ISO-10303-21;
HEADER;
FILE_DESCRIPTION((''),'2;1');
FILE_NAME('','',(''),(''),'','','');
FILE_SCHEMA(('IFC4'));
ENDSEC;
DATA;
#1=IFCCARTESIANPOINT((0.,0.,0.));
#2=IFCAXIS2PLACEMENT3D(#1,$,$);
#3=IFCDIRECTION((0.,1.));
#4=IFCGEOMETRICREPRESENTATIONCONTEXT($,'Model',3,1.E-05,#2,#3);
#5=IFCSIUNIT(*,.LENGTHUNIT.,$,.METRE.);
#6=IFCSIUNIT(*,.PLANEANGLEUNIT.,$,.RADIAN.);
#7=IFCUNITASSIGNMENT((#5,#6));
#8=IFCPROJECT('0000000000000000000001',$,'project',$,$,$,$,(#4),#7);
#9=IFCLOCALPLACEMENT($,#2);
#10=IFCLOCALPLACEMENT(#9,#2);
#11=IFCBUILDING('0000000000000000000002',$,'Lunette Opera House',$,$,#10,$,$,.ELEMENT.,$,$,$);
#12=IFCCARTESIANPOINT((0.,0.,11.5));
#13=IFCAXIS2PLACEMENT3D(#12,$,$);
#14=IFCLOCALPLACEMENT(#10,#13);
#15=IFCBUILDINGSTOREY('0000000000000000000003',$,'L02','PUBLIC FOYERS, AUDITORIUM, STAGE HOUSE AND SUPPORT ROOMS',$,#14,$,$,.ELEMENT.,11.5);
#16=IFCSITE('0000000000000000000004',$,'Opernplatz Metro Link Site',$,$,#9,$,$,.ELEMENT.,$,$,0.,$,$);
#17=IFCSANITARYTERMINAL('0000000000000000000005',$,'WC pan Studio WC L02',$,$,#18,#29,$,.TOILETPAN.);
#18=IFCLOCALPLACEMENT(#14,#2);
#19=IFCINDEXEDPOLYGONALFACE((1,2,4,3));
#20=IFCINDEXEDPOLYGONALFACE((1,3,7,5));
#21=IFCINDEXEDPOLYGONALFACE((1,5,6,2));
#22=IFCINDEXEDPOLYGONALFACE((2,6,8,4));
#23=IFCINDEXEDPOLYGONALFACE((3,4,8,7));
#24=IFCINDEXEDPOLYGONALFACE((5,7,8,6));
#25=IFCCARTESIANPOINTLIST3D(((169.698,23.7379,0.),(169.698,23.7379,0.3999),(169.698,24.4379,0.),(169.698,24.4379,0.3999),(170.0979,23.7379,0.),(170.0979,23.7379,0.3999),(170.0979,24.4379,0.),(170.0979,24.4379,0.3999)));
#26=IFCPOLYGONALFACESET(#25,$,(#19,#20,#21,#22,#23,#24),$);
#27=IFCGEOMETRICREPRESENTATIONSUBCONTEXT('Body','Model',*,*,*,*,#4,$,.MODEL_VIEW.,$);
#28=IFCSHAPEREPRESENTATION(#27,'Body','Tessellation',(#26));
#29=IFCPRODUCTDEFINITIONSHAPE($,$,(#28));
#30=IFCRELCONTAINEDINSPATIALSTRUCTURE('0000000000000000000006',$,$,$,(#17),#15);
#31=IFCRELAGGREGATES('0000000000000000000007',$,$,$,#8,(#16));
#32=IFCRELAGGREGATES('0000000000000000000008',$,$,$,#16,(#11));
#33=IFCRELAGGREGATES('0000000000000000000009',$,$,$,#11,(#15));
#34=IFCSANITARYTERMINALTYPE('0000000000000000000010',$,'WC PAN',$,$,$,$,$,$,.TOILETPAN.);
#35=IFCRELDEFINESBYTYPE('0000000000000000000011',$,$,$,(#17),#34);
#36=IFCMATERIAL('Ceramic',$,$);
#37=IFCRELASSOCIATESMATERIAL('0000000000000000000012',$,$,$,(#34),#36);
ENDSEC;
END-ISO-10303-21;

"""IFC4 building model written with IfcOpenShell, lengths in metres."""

from ifc_helpers import new_model, si_unit, direction, frame, origin, origin_2d, place, context, subcontext, project, spatial, rectangle, extrude, material, type_object, element, save


model = new_model("IFC4")

# Units and contexts
model_context = context("Model", 3, precision=1e-05, world=origin(), true_north=direction((0.0, 1.0)))
body_context = subcontext(model_context, "Body", "Model", "MODEL_VIEW")
ifc_project = project(units=[si_unit("LENGTHUNIT", "METRE"), si_unit("PLANEANGLEUNIT", "RADIAN")], contexts=[model_context])

# Site, building, storey
site_placement = place(None, origin())
site = spatial("IfcSite", under=ifc_project, at=site_placement, Name="Opernplatz Metro Link Site", CompositionType="ELEMENT", RefElevation=0.0)
building_placement = place(site_placement, origin())
building = spatial("IfcBuilding", under=site, at=building_placement, Name="Lunette Opera House", CompositionType="ELEMENT")
storey_placement = place(building_placement, frame((0.0, 0.0, 11.5)))
storey = spatial("IfcBuildingStorey", under=building, at=storey_placement, Name="L02", Description="PUBLIC FOYERS, AUDITORIUM, STAGE HOUSE AND SUPPORT ROOMS", CompositionType="ELEMENT", Elevation=11.5)

# Sanitary terminal
ifc_material_1 = material(Name="Ceramic")
sanitary_terminal_type_1 = type_object("IfcSanitaryTerminalType", Name="WC PAN", PredefinedType="TOILETPAN", material=ifc_material_1)
for number, where, z_axis, x_axis, name in (
    (1, (169.8979, 24.0879, 0.0), (0.0, 0.0, 1.0), (1.0, 0.0, 0.0), "WC pan Studio WC L02"),
):
    element("IfcSanitaryTerminal", number, at=place(storey_placement, frame(where, z_axis=z_axis, x_axis=x_axis)), inside=storey, type_object=sanitary_terminal_type_1, Name=name, PredefinedType="TOILETPAN", context=body_context, shape_type="SweptSolid", body=[
        extrude(rectangle(XDim=0.3999, YDim=0.7, at=origin_2d()), origin(), (0.0, 0.0, 1.0), 0.3999),
    ])

save(model, "model.ifc")
